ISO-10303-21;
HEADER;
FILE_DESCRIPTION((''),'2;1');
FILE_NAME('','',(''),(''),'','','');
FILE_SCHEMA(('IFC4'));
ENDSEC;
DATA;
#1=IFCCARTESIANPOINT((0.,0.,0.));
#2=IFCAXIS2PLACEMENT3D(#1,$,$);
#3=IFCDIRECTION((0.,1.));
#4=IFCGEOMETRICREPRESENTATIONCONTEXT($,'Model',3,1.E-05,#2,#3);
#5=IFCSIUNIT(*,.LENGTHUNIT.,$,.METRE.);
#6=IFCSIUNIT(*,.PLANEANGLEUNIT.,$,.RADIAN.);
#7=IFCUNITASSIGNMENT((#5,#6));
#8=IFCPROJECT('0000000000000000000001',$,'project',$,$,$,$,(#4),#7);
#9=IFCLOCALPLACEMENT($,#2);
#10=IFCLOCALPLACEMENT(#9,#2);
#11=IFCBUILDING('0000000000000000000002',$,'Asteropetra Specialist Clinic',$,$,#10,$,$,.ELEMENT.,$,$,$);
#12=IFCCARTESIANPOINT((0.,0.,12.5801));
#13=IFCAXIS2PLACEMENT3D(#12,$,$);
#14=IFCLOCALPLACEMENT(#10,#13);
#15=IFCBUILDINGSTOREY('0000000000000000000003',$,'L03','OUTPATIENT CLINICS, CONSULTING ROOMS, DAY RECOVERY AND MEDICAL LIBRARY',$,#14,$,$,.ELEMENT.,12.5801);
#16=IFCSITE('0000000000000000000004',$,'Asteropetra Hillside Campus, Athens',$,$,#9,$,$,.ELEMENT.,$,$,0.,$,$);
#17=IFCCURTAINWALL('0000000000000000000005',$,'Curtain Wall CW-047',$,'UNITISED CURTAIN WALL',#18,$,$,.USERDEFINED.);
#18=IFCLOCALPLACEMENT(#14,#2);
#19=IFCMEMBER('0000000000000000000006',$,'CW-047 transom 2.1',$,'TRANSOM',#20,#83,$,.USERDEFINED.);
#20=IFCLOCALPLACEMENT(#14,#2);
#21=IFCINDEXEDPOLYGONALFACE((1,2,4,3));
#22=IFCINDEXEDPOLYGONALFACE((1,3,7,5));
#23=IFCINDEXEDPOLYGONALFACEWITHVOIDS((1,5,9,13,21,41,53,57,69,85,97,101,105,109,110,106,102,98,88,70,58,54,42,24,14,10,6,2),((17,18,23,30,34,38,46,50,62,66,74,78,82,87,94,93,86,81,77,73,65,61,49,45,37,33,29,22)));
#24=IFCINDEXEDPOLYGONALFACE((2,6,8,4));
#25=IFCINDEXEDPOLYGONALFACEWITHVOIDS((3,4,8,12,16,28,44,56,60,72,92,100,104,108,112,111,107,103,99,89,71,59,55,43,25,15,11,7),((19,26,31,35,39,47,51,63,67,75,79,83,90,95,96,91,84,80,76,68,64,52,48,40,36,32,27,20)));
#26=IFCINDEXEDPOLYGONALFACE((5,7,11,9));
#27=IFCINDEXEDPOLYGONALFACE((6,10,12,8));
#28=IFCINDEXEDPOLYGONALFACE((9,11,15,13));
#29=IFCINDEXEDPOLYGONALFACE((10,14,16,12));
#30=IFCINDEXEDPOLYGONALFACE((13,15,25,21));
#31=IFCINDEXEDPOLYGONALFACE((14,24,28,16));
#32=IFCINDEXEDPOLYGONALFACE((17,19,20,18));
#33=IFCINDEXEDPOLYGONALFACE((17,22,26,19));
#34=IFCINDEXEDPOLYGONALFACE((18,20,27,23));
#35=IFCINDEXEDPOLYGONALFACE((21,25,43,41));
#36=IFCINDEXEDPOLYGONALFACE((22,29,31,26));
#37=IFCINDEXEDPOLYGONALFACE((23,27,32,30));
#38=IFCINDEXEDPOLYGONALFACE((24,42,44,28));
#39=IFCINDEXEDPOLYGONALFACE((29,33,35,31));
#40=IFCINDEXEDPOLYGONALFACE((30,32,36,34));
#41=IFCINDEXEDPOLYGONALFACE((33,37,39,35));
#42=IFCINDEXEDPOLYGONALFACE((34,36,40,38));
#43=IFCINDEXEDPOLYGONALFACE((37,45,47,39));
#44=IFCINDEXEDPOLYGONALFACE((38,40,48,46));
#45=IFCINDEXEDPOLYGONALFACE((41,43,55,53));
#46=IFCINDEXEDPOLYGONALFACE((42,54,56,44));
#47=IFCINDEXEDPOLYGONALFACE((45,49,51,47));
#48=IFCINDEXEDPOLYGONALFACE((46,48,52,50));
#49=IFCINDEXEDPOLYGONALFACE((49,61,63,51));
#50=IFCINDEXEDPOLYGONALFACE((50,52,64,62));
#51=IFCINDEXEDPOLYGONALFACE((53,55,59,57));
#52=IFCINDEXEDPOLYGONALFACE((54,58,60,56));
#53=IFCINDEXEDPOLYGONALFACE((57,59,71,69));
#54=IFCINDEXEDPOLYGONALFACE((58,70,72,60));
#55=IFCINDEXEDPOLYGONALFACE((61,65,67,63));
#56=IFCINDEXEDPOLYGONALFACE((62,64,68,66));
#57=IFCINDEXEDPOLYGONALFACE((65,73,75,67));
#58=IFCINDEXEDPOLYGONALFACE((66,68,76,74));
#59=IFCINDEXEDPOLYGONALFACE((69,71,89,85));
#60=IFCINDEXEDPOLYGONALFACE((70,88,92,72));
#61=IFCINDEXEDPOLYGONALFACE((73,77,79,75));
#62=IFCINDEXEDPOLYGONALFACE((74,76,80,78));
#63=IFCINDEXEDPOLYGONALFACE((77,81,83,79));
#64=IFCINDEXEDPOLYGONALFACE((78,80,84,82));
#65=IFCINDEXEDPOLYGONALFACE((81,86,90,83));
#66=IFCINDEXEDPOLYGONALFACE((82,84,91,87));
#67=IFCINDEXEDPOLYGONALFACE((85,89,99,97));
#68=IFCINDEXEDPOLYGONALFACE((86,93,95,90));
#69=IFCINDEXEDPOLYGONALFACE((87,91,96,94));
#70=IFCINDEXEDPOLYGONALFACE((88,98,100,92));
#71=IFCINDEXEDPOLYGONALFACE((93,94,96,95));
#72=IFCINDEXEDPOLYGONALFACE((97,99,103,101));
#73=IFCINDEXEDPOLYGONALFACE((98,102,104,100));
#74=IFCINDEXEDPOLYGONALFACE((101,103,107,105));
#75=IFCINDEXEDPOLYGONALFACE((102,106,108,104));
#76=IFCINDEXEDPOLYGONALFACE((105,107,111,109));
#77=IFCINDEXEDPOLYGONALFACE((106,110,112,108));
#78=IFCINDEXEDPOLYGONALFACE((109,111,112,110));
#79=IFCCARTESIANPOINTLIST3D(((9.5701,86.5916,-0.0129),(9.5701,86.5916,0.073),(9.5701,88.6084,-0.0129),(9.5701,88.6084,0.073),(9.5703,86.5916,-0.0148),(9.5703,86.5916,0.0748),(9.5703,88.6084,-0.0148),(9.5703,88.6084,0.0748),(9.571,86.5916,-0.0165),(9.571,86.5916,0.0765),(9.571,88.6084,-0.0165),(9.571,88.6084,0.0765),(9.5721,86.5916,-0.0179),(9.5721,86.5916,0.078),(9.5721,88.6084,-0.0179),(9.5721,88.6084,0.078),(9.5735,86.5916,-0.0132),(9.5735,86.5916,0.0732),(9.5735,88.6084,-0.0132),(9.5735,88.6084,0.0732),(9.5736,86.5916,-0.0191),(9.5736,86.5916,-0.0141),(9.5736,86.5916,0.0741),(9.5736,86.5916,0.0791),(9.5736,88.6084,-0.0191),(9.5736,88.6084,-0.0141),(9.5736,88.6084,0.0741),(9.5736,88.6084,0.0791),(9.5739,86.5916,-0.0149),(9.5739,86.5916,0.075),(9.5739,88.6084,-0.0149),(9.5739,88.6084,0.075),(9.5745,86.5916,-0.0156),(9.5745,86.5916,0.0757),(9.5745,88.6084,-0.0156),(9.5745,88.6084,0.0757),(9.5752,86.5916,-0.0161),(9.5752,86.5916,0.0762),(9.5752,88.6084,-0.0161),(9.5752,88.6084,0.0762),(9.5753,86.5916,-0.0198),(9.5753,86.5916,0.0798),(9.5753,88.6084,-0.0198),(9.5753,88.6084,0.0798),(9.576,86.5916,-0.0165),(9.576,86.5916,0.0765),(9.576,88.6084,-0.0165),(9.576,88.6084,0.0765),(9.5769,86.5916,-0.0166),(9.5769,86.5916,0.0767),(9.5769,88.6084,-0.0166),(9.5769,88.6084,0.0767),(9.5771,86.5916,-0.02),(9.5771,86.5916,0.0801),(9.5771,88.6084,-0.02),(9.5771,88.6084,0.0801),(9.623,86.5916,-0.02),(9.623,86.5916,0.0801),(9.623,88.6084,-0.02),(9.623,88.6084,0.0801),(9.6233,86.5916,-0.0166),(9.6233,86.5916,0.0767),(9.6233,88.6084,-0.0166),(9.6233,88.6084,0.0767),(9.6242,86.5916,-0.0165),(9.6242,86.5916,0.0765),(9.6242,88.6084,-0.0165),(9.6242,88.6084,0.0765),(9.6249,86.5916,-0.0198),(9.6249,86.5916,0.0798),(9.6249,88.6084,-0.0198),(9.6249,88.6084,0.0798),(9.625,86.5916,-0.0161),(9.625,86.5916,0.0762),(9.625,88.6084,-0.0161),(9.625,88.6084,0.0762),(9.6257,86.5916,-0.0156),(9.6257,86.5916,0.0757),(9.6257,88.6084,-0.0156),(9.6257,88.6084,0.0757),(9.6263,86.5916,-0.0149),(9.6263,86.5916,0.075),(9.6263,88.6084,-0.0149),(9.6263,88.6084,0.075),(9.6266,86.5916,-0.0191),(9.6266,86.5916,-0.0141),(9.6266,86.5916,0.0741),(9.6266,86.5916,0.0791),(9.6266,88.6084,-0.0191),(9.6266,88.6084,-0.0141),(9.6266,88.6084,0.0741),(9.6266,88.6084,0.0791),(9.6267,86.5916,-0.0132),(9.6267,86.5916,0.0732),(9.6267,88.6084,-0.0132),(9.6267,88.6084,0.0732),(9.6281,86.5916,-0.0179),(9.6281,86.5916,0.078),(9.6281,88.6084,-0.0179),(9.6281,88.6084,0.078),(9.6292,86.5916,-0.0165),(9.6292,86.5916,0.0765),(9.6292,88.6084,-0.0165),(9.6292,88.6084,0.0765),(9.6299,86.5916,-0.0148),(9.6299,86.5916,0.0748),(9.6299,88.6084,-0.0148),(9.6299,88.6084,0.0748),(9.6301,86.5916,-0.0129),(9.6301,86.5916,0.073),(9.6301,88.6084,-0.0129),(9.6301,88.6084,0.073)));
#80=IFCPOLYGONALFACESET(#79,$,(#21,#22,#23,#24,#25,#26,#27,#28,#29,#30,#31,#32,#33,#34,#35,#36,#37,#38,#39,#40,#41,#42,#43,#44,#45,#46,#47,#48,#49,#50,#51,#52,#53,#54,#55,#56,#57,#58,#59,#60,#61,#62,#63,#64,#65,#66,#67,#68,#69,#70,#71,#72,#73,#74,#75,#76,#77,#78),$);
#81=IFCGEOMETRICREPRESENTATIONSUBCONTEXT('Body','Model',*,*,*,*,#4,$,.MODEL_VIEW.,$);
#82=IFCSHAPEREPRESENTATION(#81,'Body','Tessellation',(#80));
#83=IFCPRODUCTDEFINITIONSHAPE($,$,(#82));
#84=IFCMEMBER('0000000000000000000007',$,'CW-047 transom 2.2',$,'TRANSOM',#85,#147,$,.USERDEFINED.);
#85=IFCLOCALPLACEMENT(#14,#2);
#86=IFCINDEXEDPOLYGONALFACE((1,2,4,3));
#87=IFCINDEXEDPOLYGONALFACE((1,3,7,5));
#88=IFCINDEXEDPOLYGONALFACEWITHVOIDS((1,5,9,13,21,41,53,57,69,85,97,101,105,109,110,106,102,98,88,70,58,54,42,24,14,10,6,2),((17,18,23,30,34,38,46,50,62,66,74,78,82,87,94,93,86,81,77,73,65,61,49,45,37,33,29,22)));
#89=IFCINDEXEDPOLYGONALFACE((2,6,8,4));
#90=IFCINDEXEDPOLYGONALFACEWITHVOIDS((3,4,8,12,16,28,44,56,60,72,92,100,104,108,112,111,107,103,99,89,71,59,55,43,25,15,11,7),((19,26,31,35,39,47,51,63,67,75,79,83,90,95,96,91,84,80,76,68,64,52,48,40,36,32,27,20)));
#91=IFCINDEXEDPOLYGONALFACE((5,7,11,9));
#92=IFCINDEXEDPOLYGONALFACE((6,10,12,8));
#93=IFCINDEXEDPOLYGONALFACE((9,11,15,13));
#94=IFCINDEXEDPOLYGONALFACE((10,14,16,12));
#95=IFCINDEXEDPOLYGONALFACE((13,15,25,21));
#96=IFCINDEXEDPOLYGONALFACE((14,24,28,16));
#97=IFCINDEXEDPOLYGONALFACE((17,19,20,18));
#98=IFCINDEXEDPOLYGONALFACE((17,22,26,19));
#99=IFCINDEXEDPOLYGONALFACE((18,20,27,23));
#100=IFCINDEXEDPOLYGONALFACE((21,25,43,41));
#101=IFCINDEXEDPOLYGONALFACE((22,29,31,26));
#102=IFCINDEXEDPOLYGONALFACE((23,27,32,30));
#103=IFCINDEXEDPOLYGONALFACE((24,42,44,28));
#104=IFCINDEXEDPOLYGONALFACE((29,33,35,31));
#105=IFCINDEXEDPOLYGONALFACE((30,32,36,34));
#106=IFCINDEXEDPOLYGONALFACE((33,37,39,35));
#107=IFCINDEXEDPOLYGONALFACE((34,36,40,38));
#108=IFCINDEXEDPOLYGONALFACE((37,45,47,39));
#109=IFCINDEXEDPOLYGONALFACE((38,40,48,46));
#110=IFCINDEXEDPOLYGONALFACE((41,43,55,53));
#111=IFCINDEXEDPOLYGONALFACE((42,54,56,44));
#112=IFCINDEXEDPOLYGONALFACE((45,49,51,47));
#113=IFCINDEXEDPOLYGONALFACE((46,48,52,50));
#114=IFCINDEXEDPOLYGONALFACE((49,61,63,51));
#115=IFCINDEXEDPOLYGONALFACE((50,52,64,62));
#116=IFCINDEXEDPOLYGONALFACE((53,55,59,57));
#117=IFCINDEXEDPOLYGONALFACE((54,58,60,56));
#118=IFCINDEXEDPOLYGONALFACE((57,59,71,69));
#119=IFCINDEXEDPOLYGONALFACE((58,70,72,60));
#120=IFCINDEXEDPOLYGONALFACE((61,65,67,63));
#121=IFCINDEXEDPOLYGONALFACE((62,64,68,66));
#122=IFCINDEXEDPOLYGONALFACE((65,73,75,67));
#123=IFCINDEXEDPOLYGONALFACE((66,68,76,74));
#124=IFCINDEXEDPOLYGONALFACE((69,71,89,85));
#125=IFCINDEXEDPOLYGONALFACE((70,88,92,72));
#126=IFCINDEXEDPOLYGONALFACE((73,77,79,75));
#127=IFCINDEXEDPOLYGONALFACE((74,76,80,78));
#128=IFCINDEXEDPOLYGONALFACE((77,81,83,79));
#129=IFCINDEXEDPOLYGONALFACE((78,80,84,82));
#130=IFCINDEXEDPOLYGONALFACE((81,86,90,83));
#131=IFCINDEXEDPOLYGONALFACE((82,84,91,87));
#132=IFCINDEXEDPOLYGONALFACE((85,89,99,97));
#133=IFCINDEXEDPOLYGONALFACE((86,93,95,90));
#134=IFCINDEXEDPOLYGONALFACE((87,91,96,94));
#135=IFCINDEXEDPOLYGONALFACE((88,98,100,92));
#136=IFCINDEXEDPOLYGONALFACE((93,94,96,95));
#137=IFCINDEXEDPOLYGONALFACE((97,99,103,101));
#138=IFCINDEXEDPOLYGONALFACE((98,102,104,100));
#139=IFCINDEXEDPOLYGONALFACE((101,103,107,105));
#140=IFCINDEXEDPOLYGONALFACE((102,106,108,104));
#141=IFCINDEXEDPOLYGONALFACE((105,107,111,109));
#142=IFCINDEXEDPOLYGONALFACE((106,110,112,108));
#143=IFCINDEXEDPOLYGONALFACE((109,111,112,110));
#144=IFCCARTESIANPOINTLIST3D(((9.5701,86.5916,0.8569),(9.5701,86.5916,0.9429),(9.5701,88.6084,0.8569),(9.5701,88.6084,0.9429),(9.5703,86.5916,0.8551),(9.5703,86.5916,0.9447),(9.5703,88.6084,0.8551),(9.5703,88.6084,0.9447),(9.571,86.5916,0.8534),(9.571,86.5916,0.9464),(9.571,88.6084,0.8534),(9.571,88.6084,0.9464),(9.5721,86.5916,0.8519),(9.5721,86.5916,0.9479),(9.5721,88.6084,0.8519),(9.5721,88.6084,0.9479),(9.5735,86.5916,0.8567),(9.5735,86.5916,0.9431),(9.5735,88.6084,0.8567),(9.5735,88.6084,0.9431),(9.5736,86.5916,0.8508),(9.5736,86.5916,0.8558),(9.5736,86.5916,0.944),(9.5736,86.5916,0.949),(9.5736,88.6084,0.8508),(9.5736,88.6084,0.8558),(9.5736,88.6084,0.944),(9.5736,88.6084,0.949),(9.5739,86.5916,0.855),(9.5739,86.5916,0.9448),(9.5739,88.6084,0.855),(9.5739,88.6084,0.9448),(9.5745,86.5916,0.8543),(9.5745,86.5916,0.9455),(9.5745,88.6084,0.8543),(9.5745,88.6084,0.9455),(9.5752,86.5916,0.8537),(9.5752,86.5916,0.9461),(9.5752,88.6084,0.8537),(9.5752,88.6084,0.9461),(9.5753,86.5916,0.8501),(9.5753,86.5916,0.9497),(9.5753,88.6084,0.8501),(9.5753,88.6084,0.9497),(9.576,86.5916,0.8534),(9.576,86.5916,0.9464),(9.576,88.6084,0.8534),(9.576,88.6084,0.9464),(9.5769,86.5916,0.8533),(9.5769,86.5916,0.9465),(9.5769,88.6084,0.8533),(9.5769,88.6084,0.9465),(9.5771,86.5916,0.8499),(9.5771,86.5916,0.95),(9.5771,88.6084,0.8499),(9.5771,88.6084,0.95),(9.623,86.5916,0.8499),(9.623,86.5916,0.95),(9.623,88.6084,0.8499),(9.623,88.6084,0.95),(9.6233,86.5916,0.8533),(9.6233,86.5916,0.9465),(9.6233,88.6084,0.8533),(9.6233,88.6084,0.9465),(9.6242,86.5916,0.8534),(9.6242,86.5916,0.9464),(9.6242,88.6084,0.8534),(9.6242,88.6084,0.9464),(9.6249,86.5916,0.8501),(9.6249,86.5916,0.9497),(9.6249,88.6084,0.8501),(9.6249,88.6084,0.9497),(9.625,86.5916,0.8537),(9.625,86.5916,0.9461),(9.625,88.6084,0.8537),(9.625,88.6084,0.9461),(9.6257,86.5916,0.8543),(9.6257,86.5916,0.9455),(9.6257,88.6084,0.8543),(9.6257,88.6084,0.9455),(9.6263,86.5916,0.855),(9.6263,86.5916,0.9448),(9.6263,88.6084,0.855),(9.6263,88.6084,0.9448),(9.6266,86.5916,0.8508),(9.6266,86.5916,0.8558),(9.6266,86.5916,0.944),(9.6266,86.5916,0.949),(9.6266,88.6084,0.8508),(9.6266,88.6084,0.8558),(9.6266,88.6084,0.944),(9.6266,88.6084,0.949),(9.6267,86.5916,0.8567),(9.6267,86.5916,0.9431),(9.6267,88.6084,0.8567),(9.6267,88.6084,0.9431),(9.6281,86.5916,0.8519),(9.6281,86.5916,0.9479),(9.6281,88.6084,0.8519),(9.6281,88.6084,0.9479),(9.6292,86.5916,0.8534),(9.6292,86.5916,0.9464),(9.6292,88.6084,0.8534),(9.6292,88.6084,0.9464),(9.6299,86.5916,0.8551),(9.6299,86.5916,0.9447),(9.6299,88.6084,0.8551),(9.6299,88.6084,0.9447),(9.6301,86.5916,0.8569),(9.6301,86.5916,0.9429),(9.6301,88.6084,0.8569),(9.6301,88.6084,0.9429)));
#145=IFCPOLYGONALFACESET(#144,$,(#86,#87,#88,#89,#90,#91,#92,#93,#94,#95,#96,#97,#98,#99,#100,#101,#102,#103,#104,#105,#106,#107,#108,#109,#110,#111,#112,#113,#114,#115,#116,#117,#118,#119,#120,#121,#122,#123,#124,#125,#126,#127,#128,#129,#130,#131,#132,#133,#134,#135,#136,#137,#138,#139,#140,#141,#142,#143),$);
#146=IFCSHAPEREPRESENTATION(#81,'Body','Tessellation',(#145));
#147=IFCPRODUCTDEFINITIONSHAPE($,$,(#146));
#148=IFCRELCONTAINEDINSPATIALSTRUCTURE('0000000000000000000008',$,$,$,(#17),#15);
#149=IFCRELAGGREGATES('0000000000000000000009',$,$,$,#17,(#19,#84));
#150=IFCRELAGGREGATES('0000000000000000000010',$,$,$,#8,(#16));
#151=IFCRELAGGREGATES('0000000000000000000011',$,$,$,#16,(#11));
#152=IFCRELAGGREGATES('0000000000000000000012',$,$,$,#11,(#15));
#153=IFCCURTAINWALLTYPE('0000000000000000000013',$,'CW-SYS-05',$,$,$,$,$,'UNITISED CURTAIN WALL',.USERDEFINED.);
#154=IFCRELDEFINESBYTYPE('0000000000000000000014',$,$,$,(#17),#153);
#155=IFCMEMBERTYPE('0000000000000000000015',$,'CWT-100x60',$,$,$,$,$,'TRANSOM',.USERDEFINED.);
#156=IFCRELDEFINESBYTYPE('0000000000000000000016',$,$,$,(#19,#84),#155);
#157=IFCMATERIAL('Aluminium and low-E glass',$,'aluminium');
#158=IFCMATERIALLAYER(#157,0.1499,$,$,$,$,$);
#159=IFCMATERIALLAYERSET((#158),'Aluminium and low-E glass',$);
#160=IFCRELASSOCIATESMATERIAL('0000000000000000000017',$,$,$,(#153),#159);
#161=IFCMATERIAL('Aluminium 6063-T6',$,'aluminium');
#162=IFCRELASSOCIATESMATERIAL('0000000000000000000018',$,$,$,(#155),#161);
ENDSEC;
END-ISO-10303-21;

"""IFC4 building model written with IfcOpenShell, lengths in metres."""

from ifc_helpers import new_model, si_unit, direction, frame, origin, origin_2d, place, context, subcontext, project, spatial, hollow_rectangle, extrude, material, layer, layer_set, material_profile, profile_set, type_object, element, aggregate, save


model = new_model("IFC4")

# Units and contexts
model_context = context("Model", 3, precision=1e-05, world=origin(), true_north=direction((0.0, 1.0)))
body_context = subcontext(model_context, "Body", "Model", "MODEL_VIEW")
ifc_project = project(units=[si_unit("LENGTHUNIT", "METRE"), si_unit("PLANEANGLEUNIT", "RADIAN")], contexts=[model_context])

# Site, building, storey
site_placement = place(None, origin())
site = spatial("IfcSite", under=ifc_project, at=site_placement, Name="Asteropetra Hillside Campus, Athens", CompositionType="ELEMENT", RefElevation=0.0)
building_placement = place(site_placement, origin())
building = spatial("IfcBuilding", under=site, at=building_placement, Name="Asteropetra Specialist Clinic", CompositionType="ELEMENT")
storey_placement = place(building_placement, frame((0.0, 0.0, 12.5801)))
storey = spatial("IfcBuildingStorey", under=building, at=storey_placement, Name="L03", Description="OUTPATIENT CLINICS, CONSULTING ROOMS, DAY RECOVERY AND MEDICAL LIBRARY", CompositionType="ELEMENT", Elevation=12.5801)

# Curtain wall, members
ifc_material_1 = material(Name="Aluminium and low-E glass", Category="aluminium")
ifc_layer_1 = layer(ifc_material_1, 0.1499)
ifc_layer_set_1 = layer_set([ifc_layer_1], Name="Aluminium and low-E glass")
curtain_wall_type = type_object("IfcCurtainWallType", Name="CW-SYS-05", ElementType="UNITISED CURTAIN WALL", PredefinedType="USERDEFINED", material=ifc_layer_set_1)
curtain_wall_placement = place(storey_placement, origin())
curtain_wall = element("IfcCurtainWall", 1, at=curtain_wall_placement, inside=storey, type_object=curtain_wall_type, Name="Curtain Wall CW-047", ObjectType="UNITISED CURTAIN WALL", PredefinedType="USERDEFINED")
ifc_material_2 = material(Name="Aluminium 6063-T6", Category="aluminium")
ifc_material_profile_1 = material_profile(ifc_material_2, hollow_rectangle(XDim=0.0601, YDim=0.1001, WallThickness=0.0034, InnerFilletRadius=0.0034, OuterFilletRadius=0.0071, at=origin_2d()), Name="TRN 100x60x3.5")
ifc_profile_set_1 = profile_set([ifc_material_profile_1], Name="Aluminium 6063-T6")
member_type_1 = type_object("IfcMemberType", Name="CWT-100x60", ElementType="TRANSOM", PredefinedType="USERDEFINED", material=ifc_profile_set_1)
member_1_placement = place(storey_placement, frame((9.6001, 88.6084, 0.03), z_axis=(0.0, -1.0, 0.0), x_axis=(1.0, 0.0, 0.0)))
member_1 = element("IfcMember", 2, at=member_1_placement, type_object=member_type_1, Name="CW-047 transom 2.1", ObjectType="TRANSOM", PredefinedType="USERDEFINED", context=body_context, shape_type="SweptSolid", body=[
    extrude(hollow_rectangle(XDim=0.0601, YDim=0.1001, WallThickness=0.0034, InnerFilletRadius=0.0034, OuterFilletRadius=0.0071, at=origin_2d()), origin(), (0.0, 0.0, 1.0), 2.0168),
])
member_2_placement = place(storey_placement, frame((9.6001, 88.6084, 0.8999), z_axis=(0.0, -1.0, 0.0), x_axis=(1.0, 0.0, 0.0)))
member_2 = element("IfcMember", 3, at=member_2_placement, type_object=member_type_1, Name="CW-047 transom 2.2", ObjectType="TRANSOM", PredefinedType="USERDEFINED", context=body_context, shape_type="SweptSolid", body=[
    extrude(hollow_rectangle(XDim=0.0601, YDim=0.1001, WallThickness=0.0034, InnerFilletRadius=0.0034, OuterFilletRadius=0.0071, at=origin_2d()), origin(), (0.0, 0.0, 1.0), 2.0168),
])

aggregate(curtain_wall, [member_1, member_2])

save(model, "model.ifc")
